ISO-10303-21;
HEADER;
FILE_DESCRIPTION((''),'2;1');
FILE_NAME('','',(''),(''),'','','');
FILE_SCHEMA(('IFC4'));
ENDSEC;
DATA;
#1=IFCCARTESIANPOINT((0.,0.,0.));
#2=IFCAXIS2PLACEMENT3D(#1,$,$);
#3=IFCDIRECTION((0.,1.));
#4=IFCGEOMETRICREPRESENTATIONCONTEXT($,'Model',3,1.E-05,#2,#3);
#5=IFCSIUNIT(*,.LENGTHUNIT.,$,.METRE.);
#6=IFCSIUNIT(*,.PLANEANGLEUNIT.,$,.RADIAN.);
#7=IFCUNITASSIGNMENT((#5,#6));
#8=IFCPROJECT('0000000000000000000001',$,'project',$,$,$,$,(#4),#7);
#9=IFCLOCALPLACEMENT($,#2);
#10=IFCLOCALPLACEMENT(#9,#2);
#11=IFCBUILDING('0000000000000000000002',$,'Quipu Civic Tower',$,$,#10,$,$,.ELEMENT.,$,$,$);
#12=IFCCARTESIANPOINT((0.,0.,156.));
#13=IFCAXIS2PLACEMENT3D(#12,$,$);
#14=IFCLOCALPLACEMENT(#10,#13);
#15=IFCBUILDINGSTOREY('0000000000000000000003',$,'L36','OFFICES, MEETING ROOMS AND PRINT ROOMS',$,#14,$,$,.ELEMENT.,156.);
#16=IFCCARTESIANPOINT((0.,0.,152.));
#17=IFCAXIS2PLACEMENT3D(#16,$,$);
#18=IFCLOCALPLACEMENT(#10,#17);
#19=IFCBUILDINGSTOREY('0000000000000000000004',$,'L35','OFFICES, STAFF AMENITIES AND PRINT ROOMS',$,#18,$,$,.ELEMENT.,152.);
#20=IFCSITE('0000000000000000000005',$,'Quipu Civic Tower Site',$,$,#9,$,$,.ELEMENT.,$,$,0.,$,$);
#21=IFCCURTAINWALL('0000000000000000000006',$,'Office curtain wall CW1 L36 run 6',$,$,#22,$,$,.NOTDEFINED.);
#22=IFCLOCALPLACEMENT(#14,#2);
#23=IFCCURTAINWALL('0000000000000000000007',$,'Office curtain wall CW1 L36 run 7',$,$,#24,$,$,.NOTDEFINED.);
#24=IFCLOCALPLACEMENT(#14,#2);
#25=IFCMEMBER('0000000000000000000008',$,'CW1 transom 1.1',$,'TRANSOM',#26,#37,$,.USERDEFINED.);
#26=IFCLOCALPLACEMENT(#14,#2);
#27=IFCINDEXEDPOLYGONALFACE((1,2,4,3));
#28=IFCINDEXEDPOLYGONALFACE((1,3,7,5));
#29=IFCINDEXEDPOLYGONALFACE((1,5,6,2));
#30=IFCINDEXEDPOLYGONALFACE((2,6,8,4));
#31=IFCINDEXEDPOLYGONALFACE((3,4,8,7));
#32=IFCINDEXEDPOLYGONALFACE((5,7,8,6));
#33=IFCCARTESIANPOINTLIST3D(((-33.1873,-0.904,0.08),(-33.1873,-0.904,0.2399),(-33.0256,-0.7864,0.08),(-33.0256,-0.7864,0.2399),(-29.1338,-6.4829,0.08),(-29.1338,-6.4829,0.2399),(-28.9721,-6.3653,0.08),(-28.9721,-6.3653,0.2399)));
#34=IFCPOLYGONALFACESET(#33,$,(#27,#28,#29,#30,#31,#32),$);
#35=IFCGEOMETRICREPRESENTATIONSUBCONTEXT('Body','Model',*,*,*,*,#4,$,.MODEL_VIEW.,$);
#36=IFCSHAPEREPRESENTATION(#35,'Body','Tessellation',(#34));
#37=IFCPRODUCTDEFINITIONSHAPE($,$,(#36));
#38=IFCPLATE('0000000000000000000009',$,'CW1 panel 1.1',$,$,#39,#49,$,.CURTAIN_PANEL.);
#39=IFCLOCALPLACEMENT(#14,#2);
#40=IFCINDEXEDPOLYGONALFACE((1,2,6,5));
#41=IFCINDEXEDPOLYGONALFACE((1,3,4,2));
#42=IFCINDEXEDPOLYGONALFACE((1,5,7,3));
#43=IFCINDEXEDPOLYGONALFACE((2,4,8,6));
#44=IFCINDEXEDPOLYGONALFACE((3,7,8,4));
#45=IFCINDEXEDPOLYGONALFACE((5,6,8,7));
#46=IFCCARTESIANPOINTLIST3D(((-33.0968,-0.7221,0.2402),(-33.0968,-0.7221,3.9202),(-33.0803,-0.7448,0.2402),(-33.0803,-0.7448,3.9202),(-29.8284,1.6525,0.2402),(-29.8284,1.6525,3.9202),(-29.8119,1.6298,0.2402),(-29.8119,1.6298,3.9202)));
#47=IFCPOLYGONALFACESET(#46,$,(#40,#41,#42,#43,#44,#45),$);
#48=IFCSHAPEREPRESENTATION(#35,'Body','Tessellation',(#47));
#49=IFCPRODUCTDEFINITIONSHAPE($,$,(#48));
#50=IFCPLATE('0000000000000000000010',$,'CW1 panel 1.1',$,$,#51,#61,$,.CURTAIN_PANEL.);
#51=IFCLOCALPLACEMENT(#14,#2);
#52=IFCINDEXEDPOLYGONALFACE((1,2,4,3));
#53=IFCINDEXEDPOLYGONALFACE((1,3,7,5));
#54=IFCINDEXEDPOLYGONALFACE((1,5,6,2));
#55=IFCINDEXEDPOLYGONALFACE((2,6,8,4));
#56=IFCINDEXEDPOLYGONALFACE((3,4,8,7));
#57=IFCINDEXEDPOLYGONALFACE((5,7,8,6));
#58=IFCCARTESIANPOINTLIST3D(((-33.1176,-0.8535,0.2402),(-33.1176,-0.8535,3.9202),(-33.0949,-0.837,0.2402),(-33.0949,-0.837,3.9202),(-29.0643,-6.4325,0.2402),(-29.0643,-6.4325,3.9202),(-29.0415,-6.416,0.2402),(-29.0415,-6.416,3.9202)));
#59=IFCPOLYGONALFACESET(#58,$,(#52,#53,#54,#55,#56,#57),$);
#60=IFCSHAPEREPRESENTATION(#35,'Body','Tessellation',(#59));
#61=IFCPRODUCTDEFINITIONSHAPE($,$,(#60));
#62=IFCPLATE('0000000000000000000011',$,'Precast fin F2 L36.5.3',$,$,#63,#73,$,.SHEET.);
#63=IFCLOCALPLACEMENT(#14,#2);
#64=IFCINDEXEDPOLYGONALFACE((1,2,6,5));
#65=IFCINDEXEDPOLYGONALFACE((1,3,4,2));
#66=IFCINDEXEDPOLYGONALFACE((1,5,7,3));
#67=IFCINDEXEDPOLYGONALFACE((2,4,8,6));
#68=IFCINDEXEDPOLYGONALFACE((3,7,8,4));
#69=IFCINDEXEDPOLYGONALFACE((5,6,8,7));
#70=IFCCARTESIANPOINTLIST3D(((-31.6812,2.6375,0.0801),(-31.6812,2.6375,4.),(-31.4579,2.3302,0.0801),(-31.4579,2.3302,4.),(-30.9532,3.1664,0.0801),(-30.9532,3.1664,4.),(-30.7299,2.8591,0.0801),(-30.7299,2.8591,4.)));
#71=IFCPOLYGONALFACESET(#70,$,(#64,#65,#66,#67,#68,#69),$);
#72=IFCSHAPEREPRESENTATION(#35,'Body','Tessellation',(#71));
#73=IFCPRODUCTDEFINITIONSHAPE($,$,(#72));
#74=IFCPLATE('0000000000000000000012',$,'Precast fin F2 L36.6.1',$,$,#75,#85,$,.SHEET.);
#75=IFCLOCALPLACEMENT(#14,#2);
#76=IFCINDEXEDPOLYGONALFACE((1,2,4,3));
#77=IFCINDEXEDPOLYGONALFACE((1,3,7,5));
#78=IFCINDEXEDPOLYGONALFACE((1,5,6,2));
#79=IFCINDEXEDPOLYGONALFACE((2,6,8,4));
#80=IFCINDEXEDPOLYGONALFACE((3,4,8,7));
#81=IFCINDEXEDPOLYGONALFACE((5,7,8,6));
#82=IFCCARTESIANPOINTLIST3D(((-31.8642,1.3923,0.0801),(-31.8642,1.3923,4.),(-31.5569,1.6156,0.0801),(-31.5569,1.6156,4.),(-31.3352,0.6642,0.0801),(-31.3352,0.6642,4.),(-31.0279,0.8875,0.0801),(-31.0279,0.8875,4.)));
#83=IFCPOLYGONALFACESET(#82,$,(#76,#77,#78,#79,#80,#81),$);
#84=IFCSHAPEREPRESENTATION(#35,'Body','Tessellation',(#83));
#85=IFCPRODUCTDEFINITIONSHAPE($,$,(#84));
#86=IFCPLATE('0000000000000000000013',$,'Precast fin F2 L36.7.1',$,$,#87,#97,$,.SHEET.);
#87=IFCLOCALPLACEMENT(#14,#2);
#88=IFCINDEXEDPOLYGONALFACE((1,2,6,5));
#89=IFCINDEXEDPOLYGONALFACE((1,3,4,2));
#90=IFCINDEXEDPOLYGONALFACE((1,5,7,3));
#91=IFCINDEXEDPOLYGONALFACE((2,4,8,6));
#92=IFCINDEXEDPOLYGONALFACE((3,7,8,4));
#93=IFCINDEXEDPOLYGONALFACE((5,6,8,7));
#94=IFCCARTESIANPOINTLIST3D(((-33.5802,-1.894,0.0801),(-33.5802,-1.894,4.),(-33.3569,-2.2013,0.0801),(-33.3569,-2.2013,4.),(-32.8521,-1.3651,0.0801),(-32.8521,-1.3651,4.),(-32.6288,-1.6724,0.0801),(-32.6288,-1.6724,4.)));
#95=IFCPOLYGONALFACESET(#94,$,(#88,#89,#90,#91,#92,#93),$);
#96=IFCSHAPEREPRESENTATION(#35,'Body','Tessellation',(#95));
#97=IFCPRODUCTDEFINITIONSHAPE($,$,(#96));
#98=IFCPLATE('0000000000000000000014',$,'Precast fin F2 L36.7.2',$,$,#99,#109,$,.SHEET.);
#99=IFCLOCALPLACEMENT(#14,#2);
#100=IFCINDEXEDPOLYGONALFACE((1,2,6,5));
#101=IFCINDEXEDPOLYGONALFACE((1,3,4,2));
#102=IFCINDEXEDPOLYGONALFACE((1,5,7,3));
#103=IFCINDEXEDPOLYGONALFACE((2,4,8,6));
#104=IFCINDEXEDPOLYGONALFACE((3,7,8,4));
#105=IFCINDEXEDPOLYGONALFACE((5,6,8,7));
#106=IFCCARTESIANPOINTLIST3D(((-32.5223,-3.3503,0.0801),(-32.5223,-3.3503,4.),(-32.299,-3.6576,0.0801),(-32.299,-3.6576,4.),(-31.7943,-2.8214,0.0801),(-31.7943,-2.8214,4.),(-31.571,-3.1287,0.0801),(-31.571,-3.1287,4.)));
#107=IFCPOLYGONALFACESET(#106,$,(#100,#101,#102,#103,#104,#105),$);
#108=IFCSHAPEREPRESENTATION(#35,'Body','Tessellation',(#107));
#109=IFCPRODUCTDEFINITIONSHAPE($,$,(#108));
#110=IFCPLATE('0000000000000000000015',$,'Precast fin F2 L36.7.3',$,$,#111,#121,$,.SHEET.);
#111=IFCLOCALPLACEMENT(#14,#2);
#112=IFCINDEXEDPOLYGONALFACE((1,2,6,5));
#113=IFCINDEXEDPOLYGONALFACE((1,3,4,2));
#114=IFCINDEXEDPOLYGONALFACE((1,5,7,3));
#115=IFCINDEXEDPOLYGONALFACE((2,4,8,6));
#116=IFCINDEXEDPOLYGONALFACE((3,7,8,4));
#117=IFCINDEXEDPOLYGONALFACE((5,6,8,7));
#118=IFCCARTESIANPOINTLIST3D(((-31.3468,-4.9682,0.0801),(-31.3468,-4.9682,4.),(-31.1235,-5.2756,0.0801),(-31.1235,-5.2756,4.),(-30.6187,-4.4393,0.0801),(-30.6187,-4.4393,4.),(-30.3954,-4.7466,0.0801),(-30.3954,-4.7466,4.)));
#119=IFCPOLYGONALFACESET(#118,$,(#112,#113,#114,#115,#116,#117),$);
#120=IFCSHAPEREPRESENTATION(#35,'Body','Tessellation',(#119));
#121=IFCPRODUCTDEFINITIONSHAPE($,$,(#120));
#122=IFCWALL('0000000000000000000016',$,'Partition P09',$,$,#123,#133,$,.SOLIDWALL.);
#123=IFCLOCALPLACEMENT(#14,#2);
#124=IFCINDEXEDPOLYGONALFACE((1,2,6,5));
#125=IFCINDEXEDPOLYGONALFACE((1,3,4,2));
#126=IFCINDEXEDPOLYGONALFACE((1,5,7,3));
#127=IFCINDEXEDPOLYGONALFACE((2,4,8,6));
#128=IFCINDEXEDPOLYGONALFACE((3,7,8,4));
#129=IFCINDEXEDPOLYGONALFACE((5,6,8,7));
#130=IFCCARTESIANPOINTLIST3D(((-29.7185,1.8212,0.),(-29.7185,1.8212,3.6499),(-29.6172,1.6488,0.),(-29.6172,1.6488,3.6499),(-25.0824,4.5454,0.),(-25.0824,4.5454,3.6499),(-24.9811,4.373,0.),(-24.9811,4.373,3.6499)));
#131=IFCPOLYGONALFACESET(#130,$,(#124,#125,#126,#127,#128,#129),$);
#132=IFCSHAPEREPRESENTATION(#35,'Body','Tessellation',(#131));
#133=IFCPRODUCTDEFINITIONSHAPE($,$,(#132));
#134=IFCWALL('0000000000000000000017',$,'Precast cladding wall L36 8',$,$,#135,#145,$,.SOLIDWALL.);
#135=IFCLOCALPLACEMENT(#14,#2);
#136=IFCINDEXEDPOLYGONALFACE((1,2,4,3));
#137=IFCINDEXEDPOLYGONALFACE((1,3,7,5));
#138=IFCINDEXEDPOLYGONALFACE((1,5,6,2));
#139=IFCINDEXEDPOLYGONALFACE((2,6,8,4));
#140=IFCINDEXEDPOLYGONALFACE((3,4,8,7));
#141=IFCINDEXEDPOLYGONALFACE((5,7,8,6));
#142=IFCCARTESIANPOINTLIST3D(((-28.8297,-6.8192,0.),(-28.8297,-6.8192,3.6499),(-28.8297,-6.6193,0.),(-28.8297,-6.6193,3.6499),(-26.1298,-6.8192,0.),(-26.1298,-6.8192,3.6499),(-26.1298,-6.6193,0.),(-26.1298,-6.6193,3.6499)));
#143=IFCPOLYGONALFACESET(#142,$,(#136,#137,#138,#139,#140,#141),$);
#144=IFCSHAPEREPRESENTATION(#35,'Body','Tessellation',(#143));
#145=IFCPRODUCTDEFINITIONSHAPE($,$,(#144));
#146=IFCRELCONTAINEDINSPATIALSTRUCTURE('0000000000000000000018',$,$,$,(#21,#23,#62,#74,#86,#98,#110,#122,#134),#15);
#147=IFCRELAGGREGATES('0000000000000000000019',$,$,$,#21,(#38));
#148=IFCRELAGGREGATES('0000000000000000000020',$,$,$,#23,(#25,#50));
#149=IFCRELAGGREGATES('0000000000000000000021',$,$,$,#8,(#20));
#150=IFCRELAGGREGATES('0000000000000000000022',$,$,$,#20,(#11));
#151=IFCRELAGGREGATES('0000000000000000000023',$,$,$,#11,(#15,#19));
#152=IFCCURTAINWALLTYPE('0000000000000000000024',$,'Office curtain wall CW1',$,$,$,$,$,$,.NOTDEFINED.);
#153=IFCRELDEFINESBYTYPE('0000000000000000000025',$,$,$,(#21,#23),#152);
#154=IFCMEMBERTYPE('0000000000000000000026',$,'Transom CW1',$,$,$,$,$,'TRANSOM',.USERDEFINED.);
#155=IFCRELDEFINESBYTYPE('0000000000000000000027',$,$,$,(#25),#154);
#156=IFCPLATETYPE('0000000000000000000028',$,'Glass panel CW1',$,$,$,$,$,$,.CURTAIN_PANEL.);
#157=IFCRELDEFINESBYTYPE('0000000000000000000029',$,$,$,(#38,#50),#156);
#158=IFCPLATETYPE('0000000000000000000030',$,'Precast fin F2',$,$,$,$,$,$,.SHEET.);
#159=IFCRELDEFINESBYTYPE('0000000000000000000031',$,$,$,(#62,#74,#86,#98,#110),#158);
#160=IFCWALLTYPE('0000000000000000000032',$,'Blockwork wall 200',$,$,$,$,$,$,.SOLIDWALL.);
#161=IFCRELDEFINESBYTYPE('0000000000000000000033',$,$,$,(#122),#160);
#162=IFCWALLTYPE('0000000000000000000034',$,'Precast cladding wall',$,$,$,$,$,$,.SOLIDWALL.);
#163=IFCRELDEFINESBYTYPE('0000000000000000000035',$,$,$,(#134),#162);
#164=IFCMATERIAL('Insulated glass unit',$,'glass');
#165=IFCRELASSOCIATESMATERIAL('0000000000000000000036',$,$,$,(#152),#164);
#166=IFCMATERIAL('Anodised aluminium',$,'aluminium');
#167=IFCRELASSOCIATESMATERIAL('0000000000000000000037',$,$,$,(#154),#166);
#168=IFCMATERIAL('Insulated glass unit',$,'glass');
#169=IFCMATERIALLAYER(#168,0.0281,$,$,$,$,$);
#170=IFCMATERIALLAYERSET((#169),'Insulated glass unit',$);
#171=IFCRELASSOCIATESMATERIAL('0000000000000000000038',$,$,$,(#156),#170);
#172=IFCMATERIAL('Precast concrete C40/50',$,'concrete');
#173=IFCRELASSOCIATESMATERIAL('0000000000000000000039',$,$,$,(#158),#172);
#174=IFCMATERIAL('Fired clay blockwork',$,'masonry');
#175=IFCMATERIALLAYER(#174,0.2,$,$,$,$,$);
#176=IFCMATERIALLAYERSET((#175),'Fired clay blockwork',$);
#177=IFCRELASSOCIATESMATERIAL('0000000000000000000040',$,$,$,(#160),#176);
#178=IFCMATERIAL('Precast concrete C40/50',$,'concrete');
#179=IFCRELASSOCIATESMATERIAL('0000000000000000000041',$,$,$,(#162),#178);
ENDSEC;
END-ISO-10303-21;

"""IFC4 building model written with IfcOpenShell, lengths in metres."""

from ifc_helpers import new_model, si_unit, direction, frame, frame_2d, origin, origin_2d, place, context, subcontext, project, spatial, rectangle, extrude, material, layer, layer_set, material_profile, profile_set, type_object, element, aggregate, save


model = new_model("IFC4")

# Units and contexts
model_context = context("Model", 3, precision=1e-05, world=origin(), true_north=direction((0.0, 1.0)))
body_context = subcontext(model_context, "Body", "Model", "MODEL_VIEW")
ifc_project = project(units=[si_unit("LENGTHUNIT", "METRE"), si_unit("PLANEANGLEUNIT", "RADIAN")], contexts=[model_context])

# Site, building, storey
site_placement = place(None, origin())
site = spatial("IfcSite", under=ifc_project, at=site_placement, Name="Quipu Civic Tower Site", CompositionType="ELEMENT", RefElevation=0.0)
building_placement = place(site_placement, origin())
building = spatial("IfcBuilding", under=site, at=building_placement, Name="Quipu Civic Tower", CompositionType="ELEMENT")
storey_1_placement = place(building_placement, frame((0.0, 0.0, 156.0)))
storey_1 = spatial("IfcBuildingStorey", under=building, at=storey_1_placement, Name="L36", Description="OFFICES, MEETING ROOMS AND PRINT ROOMS", CompositionType="ELEMENT", Elevation=156.0)

# Shared definitions
ifc_material_1 = material(Name="Insulated glass unit", Category="glass")
curtain_wall_type = type_object("IfcCurtainWallType", Name="Office curtain wall CW1", PredefinedType="NOTDEFINED", material=ifc_material_1)

# Curtain walls
curtain_wall_1_placement = place(storey_1_placement, origin())
curtain_wall_1 = element("IfcCurtainWall", 1, at=curtain_wall_1_placement, inside=storey_1, type_object=curtain_wall_type, Name="Office curtain wall CW1 L36 run 6", PredefinedType="NOTDEFINED")
curtain_wall_2_placement = place(storey_1_placement, origin())
curtain_wall_2 = element("IfcCurtainWall", 2, at=curtain_wall_2_placement, inside=storey_1, type_object=curtain_wall_type, Name="Office curtain wall CW1 L36 run 7", PredefinedType="NOTDEFINED")

# Shared definitions
storey_2_placement = place(building_placement, frame((0.0, 0.0, 152.0)))
storey_2 = spatial("IfcBuildingStorey", under=building, at=storey_2_placement, Name="L35", Description="OFFICES, STAFF AMENITIES AND PRINT ROOMS", CompositionType="ELEMENT", Elevation=152.0)

# Shared definitions
ifc_material_2 = material(Name="Anodised aluminium", Category="aluminium")
ifc_material_profile_1 = material_profile(ifc_material_2, rectangle(XDim=0.2, YDim=0.1599, at=origin_2d()), Name="RECT 200x160")
ifc_profile_set_1 = profile_set([ifc_material_profile_1], Name="Anodised aluminium")
member_type_1 = type_object("IfcMemberType", Name="Transom CW1", ElementType="TRANSOM", PredefinedType="USERDEFINED", material=ifc_profile_set_1)

# Member
member_1_placement = place(storey_1_placement, frame((-33.1064, -0.8452, 0.1599), z_axis=(0.587803, -0.809004, 0.0), x_axis=(0.809004, 0.587803, 0.0)))
member_1 = element("IfcMember", 3, at=member_1_placement, type_object=member_type_1, Name="CW1 transom 1.1", ObjectType="TRANSOM", PredefinedType="USERDEFINED", context=body_context, shape_type="SweptSolid", body=[
    extrude(rectangle(XDim=0.2, YDim=0.1599, at=origin_2d()), origin(), (0.0, 0.0, 1.0), 6.896),
])

# Plates
ifc_material_3 = material(Name="Insulated glass unit", Category="glass")
ifc_layer_1 = layer(ifc_material_3, 0.0281)
ifc_layer_set_1 = layer_set([ifc_layer_1], Name="Insulated glass unit")
plate_type_1 = type_object("IfcPlateType", Name="Glass panel CW1", PredefinedType="CURTAIN_PANEL", material=ifc_layer_set_1)
plate_1_placement = place(storey_1_placement, frame((-31.4543, 0.4539, 0.2402), z_axis=(0.0, 0.0, 1.0), x_axis=(-0.809019, -0.587782, 0.0)))
plate_1 = element("IfcPlate", 4, at=plate_1_placement, type_object=plate_type_1, Name="CW1 panel 1.1", PredefinedType="CURTAIN_PANEL", context=body_context, shape_type="SweptSolid", body=[
    extrude(rectangle(XDim=4.04, YDim=0.0281, at=origin_2d()), origin(), (0.0, 0.0, 1.0), 3.6799),
])
aggregate(curtain_wall_1, [plate_1])
plate_2_placement = place(storey_1_placement, frame((-31.0796, -3.6348, 0.2402), z_axis=(0.0, 0.0, 1.0), x_axis=(0.587788, -0.809015, 0.0)))
plate_2 = element("IfcPlate", 5, at=plate_2_placement, type_object=plate_type_1, Name="CW1 panel 1.1", PredefinedType="CURTAIN_PANEL", context=body_context, shape_type="SweptSolid", body=[
    extrude(rectangle(XDim=6.896, YDim=0.0281, at=origin_2d()), origin(), (0.0, 0.0, 1.0), 3.6799),
])
aggregate(curtain_wall_2, [member_1, plate_2])

# Plates
ifc_material_4 = material(Name="Precast concrete C40/50", Category="concrete")
plate_type_2 = type_object("IfcPlateType", Name="Precast fin F2", PredefinedType="SHEET", material=ifc_material_4)
for number, where, z_axis, x_axis, name in (
    (6, (-31.2056, 2.7483, 0.0801), (0.0, 0.0, 1.0), (0.587784, -0.809018, 0.0), "Precast fin F2 L36.5.3"),
    (7, (-31.446, 1.1399, 0.0801), (0.0, 0.0, 1.0), (-0.809019, -0.587782, 0.0), "Precast fin F2 L36.6.1"),
    (8, (-33.1045, -1.7832, 0.0801), (0.0, 0.0, 1.0), (0.587788, -0.809015, 0.0), "Precast fin F2 L36.7.1"),
    (9, (-32.0466, -3.2395, 0.0801), (0.0, 0.0, 1.0), (0.587788, -0.809015, 0.0), "Precast fin F2 L36.7.2"),
    (10, (-30.8711, -4.8574, 0.0801), (0.0, 0.0, 1.0), (0.587788, -0.809015, 0.0), "Precast fin F2 L36.7.3"),
):
    element("IfcPlate", number, at=place(storey_1_placement, frame(where, z_axis=z_axis, x_axis=x_axis)), inside=storey_1, type_object=plate_type_2, Name=name, PredefinedType="SHEET", context=body_context, shape_type="SweptSolid", body=[
        extrude(rectangle(XDim=0.3799, YDim=0.8999, at=origin_2d()), origin(), (0.0, 0.0, 1.0), 3.9199),
    ])

# Walls
ifc_material_5 = material(Name="Fired clay blockwork", Category="masonry")
ifc_layer_2 = layer(ifc_material_5, 0.2)
ifc_layer_set_2 = layer_set([ifc_layer_2], Name="Fired clay blockwork")
wall_type_1 = type_object("IfcWallType", Name="Blockwork wall 200", PredefinedType="SOLIDWALL", material=ifc_layer_set_2)
wall_1_placement = place(storey_1_placement, frame((-29.6677, 1.7351, 0.0), z_axis=(0.0, 0.0, 1.0), x_axis=(0.862172, 0.506615, 0.0)))
element("IfcWall", 11, at=wall_1_placement, inside=storey_1, type_object=wall_type_1, Name="Partition P09", PredefinedType="SOLIDWALL", context=body_context, shape_type="SweptSolid", body=[
    extrude(rectangle(XDim=5.3772, YDim=0.2, at=frame_2d((2.6885, 0.0))), origin(), (0.0, 0.0, 1.0), 3.6499),
])
ifc_material_6 = material(Name="Precast concrete C40/50", Category="concrete")
wall_type_2 = type_object("IfcWallType", Name="Precast cladding wall", PredefinedType="SOLIDWALL", material=ifc_material_6)
wall_2_placement = place(storey_1_placement, frame((-28.8298, -6.7192, 0.0), z_axis=(0.0, 0.0, 1.0), x_axis=(1.0, 0.0, 0.0)))
element("IfcWall", 12, at=wall_2_placement, inside=storey_1, type_object=wall_type_2, Name="Precast cladding wall L36 8", PredefinedType="SOLIDWALL", context=body_context, shape_type="SweptSolid", body=[
    extrude(rectangle(XDim=2.7, YDim=0.2, at=frame_2d((1.3501, 0.0))), origin(), (0.0, 0.0, 1.0), 3.6499),
])

save(model, "model.ifc")
